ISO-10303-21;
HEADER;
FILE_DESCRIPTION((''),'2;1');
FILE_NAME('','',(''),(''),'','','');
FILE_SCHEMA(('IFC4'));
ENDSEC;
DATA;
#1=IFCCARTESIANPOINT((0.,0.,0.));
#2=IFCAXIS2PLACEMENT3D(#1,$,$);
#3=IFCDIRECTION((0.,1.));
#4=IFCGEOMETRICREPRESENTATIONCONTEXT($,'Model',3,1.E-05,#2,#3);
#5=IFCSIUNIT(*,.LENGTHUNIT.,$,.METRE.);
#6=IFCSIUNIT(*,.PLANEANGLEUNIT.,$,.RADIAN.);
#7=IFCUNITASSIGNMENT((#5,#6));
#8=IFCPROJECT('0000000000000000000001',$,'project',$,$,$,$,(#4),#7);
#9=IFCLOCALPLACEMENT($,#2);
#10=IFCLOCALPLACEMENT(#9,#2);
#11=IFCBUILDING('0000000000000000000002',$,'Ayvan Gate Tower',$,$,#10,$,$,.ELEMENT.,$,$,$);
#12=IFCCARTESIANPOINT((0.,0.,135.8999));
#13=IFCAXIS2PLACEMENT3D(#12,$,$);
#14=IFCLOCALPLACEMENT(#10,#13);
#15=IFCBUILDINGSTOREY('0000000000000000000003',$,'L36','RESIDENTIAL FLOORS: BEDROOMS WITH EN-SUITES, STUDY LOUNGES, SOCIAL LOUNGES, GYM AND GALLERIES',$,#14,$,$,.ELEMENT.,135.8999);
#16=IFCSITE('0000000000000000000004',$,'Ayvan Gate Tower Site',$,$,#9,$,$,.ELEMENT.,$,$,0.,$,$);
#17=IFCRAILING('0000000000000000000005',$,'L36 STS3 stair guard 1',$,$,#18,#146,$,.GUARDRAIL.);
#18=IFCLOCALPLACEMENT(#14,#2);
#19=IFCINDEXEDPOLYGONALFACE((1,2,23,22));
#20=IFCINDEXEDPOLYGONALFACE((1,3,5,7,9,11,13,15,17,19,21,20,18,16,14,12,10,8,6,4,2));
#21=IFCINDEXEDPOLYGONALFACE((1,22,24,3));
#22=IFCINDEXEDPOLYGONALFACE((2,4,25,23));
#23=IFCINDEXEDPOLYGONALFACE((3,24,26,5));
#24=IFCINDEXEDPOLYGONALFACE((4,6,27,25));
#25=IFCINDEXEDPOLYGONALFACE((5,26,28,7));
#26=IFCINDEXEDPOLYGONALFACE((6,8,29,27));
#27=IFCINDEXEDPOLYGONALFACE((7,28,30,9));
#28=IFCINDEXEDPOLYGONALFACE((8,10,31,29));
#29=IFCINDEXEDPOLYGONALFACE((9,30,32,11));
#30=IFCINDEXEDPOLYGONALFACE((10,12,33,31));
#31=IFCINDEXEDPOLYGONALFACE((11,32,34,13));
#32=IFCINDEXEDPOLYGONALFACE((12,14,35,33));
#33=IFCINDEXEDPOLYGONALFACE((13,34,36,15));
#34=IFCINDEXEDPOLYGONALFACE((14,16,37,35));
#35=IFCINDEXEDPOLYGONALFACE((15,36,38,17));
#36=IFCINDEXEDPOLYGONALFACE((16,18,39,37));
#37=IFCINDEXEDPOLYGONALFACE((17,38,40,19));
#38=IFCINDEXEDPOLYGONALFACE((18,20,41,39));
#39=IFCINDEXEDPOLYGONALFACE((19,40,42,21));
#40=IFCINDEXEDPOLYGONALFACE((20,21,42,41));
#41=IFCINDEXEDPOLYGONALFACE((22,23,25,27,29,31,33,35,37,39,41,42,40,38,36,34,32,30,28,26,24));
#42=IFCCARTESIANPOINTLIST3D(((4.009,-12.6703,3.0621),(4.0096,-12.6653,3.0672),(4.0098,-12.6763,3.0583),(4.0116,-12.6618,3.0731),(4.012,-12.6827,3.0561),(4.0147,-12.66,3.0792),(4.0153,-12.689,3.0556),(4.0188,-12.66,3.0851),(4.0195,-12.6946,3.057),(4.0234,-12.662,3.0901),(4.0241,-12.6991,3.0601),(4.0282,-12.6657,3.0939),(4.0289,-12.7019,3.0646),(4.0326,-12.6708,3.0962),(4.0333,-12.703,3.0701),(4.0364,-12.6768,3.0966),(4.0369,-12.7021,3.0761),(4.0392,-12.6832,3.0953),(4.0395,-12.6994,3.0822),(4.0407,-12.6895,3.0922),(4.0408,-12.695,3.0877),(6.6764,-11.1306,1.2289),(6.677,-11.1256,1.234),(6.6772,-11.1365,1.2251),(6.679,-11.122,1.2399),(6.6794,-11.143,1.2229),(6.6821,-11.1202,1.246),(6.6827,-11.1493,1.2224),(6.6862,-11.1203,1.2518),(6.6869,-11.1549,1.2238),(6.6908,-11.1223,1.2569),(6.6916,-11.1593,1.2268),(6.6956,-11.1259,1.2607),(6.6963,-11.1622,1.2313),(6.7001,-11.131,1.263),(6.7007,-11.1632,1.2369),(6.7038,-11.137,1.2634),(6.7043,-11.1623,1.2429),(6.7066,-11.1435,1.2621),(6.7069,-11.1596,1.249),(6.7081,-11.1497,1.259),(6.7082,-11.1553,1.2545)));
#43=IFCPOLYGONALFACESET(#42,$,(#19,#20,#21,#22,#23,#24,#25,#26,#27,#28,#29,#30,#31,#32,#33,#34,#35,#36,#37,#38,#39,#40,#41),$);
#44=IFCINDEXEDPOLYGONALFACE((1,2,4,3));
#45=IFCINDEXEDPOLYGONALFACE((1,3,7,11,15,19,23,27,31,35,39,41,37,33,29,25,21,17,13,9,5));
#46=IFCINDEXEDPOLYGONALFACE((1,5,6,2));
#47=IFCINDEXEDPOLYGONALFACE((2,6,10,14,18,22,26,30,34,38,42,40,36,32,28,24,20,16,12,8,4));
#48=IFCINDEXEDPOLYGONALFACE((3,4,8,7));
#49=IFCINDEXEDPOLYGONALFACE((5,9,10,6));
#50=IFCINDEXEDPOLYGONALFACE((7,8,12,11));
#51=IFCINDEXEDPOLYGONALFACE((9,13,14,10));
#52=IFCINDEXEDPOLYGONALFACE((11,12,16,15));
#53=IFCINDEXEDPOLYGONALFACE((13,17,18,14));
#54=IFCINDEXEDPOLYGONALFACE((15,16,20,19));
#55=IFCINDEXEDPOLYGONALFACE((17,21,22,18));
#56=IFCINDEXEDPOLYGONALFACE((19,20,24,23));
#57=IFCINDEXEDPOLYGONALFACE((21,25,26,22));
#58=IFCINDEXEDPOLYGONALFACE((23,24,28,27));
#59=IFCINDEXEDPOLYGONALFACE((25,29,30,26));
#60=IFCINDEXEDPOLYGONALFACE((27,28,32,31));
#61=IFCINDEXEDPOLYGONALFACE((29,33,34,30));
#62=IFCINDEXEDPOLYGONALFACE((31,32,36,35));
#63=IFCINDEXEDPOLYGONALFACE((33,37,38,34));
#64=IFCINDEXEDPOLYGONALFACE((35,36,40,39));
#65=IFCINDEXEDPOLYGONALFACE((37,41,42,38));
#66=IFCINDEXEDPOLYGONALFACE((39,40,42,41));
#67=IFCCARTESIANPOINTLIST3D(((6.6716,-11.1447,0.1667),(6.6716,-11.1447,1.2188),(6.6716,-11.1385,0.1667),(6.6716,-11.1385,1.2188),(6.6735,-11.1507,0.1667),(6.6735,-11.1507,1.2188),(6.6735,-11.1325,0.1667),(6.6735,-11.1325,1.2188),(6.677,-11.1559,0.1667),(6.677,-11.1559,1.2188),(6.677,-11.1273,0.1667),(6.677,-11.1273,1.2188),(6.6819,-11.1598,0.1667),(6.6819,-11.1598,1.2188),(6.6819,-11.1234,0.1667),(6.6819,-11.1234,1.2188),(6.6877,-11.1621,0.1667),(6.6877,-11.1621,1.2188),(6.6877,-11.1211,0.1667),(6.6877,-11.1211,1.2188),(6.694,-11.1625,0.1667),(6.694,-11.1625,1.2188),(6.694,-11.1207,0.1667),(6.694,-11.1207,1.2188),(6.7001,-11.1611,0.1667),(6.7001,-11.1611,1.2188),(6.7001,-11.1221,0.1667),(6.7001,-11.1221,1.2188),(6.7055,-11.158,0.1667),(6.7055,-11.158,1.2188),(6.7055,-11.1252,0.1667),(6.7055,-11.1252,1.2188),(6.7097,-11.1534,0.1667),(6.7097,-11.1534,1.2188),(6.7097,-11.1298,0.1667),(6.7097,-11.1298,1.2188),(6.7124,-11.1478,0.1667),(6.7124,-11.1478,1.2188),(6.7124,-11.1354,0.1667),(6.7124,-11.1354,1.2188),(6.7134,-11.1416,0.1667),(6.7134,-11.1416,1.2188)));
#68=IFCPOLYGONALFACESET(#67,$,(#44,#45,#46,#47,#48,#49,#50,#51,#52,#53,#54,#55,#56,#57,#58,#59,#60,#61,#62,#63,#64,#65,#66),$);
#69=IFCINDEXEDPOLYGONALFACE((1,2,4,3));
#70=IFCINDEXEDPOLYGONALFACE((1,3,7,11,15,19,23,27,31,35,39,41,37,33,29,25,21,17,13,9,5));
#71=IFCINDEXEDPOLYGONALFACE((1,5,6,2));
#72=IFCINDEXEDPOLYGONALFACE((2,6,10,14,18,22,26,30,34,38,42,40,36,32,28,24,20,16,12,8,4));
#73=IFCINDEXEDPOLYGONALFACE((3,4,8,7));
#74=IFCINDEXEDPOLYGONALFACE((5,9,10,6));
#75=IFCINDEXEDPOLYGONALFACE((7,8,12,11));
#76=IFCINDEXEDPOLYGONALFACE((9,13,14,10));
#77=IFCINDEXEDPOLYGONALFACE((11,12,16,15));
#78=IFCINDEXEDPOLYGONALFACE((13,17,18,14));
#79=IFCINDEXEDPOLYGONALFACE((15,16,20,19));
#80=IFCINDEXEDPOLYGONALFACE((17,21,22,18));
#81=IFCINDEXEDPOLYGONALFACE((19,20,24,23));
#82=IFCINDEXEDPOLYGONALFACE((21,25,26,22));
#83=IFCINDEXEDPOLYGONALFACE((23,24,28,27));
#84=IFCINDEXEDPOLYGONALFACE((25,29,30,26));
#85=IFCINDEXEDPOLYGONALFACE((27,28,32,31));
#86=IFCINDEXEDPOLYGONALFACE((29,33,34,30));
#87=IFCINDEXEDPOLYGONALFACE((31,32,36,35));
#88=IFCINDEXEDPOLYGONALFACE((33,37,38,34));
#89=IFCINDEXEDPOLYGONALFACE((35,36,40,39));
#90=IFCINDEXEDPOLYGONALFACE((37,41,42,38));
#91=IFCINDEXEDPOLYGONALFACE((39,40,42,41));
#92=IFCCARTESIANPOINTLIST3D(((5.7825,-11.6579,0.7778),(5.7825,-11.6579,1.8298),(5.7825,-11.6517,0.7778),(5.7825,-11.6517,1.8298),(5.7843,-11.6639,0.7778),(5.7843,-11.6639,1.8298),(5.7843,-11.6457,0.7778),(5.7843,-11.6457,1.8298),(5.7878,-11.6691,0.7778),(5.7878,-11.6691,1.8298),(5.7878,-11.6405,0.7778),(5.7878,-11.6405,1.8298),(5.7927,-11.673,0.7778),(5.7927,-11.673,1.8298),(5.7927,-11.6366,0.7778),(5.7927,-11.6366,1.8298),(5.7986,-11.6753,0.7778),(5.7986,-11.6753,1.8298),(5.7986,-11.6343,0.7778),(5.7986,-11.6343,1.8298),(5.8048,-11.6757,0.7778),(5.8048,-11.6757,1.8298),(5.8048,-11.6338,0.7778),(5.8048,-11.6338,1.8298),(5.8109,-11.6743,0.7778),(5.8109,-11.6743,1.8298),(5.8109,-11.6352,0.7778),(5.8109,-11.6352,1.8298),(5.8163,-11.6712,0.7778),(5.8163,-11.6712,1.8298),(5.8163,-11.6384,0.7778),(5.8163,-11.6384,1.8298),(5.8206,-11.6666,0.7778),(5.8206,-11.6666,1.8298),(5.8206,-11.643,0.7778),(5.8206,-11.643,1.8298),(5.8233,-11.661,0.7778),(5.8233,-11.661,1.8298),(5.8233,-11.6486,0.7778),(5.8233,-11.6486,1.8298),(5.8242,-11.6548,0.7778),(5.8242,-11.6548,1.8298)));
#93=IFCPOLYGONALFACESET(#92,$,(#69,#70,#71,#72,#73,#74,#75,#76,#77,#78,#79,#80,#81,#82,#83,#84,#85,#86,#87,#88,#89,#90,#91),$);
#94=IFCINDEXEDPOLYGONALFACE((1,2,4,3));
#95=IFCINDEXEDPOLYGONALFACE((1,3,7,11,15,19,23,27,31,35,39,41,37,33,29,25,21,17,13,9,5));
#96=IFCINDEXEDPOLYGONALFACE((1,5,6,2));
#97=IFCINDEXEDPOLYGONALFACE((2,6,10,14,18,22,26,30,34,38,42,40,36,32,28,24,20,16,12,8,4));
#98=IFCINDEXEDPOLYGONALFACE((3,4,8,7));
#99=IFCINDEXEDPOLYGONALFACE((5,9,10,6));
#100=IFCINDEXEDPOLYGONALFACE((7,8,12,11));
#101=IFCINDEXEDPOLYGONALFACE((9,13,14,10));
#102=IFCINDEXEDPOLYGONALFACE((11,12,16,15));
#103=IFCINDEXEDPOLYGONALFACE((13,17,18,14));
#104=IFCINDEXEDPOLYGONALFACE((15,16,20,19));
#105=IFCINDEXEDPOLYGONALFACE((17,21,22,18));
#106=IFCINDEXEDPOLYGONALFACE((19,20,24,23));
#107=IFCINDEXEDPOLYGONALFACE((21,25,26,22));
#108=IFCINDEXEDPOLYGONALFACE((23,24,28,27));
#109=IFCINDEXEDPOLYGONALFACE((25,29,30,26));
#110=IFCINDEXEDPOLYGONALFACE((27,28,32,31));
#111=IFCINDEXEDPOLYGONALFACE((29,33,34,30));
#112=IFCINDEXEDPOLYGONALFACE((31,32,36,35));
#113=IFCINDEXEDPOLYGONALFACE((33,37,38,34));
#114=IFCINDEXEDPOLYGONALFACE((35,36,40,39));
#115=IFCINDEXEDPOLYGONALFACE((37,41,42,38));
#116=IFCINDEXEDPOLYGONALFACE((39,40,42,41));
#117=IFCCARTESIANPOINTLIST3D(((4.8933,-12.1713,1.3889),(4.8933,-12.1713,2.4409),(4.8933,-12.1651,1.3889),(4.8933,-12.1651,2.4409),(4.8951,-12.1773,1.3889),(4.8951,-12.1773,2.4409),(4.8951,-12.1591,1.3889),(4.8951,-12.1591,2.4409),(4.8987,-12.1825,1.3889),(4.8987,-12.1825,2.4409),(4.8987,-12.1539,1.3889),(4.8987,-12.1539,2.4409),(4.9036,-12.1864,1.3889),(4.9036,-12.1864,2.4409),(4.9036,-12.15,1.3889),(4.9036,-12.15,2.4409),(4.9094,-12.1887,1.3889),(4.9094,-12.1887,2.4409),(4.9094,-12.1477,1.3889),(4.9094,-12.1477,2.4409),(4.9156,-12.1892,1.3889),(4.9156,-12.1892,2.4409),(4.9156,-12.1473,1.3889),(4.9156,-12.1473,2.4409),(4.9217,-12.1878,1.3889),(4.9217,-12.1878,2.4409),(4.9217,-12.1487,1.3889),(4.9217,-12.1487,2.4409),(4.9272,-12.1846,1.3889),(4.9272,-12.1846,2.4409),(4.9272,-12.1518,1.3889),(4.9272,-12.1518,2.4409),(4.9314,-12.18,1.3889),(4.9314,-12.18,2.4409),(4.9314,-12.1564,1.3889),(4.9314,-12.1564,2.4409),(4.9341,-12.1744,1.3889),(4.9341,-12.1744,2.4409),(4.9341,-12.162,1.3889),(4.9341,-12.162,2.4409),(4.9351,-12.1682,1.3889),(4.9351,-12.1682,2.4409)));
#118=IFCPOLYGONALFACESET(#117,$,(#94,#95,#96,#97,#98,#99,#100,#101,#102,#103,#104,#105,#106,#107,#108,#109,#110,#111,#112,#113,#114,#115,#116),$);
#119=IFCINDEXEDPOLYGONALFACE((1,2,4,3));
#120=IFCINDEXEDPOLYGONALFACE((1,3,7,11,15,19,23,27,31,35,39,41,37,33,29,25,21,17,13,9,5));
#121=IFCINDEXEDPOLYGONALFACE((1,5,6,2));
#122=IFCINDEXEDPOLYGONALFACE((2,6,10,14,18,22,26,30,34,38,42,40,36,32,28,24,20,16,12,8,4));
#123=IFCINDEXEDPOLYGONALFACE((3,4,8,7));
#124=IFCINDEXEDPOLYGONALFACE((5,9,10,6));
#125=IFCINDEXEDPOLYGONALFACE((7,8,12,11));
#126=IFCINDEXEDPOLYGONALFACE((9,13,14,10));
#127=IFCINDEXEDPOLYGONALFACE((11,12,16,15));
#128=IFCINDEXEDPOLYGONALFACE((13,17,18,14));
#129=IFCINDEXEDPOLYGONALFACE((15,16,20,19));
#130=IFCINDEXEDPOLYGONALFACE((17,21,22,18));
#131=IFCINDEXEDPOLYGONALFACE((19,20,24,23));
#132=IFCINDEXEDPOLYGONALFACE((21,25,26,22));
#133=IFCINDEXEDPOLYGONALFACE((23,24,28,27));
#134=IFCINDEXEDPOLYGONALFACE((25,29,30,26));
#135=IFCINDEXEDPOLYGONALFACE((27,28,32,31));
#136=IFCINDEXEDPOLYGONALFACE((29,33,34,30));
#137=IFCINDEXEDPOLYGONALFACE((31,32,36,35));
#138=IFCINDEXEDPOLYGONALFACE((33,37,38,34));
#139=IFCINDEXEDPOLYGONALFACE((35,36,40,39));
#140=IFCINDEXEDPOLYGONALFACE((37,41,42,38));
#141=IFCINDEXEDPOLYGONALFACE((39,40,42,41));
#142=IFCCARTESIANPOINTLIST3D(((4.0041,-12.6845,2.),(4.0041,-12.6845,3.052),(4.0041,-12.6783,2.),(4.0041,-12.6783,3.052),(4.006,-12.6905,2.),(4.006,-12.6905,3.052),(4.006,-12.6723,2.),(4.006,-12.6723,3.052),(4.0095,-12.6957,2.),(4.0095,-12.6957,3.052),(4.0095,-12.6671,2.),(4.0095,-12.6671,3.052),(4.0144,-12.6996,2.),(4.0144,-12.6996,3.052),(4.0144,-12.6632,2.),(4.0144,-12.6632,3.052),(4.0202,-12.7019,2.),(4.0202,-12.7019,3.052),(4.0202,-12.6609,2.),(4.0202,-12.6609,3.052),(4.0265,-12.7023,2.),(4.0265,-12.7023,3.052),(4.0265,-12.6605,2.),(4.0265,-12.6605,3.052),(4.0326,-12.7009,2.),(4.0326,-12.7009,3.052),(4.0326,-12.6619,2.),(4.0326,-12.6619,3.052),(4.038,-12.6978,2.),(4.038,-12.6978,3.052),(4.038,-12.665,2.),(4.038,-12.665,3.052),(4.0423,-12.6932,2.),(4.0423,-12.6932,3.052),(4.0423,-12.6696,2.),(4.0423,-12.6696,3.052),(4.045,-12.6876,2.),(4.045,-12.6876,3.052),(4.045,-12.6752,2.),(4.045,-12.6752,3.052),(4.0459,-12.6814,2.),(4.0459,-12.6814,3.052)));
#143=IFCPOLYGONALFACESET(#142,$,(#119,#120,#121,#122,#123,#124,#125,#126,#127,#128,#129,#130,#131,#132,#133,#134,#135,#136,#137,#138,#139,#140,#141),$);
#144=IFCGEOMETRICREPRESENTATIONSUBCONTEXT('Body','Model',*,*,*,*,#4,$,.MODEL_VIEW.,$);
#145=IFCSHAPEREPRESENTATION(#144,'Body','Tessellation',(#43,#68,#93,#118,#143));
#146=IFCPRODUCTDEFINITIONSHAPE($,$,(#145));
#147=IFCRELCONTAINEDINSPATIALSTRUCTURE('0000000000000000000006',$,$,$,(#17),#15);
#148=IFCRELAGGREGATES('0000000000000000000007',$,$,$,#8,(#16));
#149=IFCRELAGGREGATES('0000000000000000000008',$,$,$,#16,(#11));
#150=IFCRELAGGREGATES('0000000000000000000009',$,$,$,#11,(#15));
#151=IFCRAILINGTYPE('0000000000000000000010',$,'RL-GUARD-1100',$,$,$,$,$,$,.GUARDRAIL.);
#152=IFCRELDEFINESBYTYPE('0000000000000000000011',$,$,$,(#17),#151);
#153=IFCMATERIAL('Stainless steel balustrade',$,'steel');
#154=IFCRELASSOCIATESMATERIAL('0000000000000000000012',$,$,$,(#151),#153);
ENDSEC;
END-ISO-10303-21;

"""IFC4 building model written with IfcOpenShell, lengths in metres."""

from ifc_helpers import new_model, si_unit, direction, frame, origin, origin_2d, place, context, subcontext, project, spatial, circle, extrude, material, type_object, element, save


model = new_model("IFC4")

# Units and contexts
model_context = context("Model", 3, precision=1e-05, world=origin(), true_north=direction((0.0, 1.0)))
body_context = subcontext(model_context, "Body", "Model", "MODEL_VIEW")
ifc_project = project(units=[si_unit("LENGTHUNIT", "METRE"), si_unit("PLANEANGLEUNIT", "RADIAN")], contexts=[model_context])

# Site, building, storey
site_placement = place(None, origin())
site = spatial("IfcSite", under=ifc_project, at=site_placement, Name="Ayvan Gate Tower Site", CompositionType="ELEMENT", RefElevation=0.0)
building_placement = place(site_placement, origin())
building = spatial("IfcBuilding", under=site, at=building_placement, Name="Ayvan Gate Tower", CompositionType="ELEMENT")
storey_placement = place(building_placement, frame((0.0, 0.0, 135.8999)))
storey = spatial("IfcBuildingStorey", under=building, at=storey_placement, Name="L36", Description="RESIDENTIAL FLOORS: BEDROOMS WITH EN-SUITES, STUDY LOUNGES, SOCIAL LOUNGES, GYM AND GALLERIES", CompositionType="ELEMENT", Elevation=135.8999)

# Railing
ifc_material_1 = material(Name="Stainless steel balustrade", Category="steel")
railing_type_1 = type_object("IfcRailingType", Name="RL-GUARD-1100", PredefinedType="GUARDRAIL", material=ifc_material_1)
railing_1_placement = place(storey_placement, frame((6.6924, -11.1416, 0.1667)))
element("IfcRailing", 1, at=railing_1_placement, inside=storey, type_object=railing_type_1, Name="L36 STS3 stair guard 1", PredefinedType="GUARDRAIL", context=body_context, shape_type="SweptSolid", body=[
    extrude(circle(Radius=0.0239, at=origin_2d()), frame((0.0, 0.0, 1.0762), z_axis=(-0.744212, -0.429594, 0.511467), x_axis=(0.499933, -0.866064, 0.0)), (0.0, 0.0, 1.0), 3.5842),
    extrude(circle(Radius=0.021, at=origin_2d()), origin(), (0.0, 0.0, 1.0), 1.052),
    extrude(circle(Radius=0.021, at=origin_2d()), frame((-0.8892, -0.5132, 0.6111)), (0.0, 0.0, 1.0), 1.052),
    extrude(circle(Radius=0.021, at=origin_2d()), frame((-1.7783, -1.0266, 1.2222)), (0.0, 0.0, 1.0), 1.052),
    extrude(circle(Radius=0.021, at=origin_2d()), frame((-2.6675, -1.5398, 1.8333)), (0.0, 0.0, 1.0), 1.052),
])

save(model, "model.ifc")
